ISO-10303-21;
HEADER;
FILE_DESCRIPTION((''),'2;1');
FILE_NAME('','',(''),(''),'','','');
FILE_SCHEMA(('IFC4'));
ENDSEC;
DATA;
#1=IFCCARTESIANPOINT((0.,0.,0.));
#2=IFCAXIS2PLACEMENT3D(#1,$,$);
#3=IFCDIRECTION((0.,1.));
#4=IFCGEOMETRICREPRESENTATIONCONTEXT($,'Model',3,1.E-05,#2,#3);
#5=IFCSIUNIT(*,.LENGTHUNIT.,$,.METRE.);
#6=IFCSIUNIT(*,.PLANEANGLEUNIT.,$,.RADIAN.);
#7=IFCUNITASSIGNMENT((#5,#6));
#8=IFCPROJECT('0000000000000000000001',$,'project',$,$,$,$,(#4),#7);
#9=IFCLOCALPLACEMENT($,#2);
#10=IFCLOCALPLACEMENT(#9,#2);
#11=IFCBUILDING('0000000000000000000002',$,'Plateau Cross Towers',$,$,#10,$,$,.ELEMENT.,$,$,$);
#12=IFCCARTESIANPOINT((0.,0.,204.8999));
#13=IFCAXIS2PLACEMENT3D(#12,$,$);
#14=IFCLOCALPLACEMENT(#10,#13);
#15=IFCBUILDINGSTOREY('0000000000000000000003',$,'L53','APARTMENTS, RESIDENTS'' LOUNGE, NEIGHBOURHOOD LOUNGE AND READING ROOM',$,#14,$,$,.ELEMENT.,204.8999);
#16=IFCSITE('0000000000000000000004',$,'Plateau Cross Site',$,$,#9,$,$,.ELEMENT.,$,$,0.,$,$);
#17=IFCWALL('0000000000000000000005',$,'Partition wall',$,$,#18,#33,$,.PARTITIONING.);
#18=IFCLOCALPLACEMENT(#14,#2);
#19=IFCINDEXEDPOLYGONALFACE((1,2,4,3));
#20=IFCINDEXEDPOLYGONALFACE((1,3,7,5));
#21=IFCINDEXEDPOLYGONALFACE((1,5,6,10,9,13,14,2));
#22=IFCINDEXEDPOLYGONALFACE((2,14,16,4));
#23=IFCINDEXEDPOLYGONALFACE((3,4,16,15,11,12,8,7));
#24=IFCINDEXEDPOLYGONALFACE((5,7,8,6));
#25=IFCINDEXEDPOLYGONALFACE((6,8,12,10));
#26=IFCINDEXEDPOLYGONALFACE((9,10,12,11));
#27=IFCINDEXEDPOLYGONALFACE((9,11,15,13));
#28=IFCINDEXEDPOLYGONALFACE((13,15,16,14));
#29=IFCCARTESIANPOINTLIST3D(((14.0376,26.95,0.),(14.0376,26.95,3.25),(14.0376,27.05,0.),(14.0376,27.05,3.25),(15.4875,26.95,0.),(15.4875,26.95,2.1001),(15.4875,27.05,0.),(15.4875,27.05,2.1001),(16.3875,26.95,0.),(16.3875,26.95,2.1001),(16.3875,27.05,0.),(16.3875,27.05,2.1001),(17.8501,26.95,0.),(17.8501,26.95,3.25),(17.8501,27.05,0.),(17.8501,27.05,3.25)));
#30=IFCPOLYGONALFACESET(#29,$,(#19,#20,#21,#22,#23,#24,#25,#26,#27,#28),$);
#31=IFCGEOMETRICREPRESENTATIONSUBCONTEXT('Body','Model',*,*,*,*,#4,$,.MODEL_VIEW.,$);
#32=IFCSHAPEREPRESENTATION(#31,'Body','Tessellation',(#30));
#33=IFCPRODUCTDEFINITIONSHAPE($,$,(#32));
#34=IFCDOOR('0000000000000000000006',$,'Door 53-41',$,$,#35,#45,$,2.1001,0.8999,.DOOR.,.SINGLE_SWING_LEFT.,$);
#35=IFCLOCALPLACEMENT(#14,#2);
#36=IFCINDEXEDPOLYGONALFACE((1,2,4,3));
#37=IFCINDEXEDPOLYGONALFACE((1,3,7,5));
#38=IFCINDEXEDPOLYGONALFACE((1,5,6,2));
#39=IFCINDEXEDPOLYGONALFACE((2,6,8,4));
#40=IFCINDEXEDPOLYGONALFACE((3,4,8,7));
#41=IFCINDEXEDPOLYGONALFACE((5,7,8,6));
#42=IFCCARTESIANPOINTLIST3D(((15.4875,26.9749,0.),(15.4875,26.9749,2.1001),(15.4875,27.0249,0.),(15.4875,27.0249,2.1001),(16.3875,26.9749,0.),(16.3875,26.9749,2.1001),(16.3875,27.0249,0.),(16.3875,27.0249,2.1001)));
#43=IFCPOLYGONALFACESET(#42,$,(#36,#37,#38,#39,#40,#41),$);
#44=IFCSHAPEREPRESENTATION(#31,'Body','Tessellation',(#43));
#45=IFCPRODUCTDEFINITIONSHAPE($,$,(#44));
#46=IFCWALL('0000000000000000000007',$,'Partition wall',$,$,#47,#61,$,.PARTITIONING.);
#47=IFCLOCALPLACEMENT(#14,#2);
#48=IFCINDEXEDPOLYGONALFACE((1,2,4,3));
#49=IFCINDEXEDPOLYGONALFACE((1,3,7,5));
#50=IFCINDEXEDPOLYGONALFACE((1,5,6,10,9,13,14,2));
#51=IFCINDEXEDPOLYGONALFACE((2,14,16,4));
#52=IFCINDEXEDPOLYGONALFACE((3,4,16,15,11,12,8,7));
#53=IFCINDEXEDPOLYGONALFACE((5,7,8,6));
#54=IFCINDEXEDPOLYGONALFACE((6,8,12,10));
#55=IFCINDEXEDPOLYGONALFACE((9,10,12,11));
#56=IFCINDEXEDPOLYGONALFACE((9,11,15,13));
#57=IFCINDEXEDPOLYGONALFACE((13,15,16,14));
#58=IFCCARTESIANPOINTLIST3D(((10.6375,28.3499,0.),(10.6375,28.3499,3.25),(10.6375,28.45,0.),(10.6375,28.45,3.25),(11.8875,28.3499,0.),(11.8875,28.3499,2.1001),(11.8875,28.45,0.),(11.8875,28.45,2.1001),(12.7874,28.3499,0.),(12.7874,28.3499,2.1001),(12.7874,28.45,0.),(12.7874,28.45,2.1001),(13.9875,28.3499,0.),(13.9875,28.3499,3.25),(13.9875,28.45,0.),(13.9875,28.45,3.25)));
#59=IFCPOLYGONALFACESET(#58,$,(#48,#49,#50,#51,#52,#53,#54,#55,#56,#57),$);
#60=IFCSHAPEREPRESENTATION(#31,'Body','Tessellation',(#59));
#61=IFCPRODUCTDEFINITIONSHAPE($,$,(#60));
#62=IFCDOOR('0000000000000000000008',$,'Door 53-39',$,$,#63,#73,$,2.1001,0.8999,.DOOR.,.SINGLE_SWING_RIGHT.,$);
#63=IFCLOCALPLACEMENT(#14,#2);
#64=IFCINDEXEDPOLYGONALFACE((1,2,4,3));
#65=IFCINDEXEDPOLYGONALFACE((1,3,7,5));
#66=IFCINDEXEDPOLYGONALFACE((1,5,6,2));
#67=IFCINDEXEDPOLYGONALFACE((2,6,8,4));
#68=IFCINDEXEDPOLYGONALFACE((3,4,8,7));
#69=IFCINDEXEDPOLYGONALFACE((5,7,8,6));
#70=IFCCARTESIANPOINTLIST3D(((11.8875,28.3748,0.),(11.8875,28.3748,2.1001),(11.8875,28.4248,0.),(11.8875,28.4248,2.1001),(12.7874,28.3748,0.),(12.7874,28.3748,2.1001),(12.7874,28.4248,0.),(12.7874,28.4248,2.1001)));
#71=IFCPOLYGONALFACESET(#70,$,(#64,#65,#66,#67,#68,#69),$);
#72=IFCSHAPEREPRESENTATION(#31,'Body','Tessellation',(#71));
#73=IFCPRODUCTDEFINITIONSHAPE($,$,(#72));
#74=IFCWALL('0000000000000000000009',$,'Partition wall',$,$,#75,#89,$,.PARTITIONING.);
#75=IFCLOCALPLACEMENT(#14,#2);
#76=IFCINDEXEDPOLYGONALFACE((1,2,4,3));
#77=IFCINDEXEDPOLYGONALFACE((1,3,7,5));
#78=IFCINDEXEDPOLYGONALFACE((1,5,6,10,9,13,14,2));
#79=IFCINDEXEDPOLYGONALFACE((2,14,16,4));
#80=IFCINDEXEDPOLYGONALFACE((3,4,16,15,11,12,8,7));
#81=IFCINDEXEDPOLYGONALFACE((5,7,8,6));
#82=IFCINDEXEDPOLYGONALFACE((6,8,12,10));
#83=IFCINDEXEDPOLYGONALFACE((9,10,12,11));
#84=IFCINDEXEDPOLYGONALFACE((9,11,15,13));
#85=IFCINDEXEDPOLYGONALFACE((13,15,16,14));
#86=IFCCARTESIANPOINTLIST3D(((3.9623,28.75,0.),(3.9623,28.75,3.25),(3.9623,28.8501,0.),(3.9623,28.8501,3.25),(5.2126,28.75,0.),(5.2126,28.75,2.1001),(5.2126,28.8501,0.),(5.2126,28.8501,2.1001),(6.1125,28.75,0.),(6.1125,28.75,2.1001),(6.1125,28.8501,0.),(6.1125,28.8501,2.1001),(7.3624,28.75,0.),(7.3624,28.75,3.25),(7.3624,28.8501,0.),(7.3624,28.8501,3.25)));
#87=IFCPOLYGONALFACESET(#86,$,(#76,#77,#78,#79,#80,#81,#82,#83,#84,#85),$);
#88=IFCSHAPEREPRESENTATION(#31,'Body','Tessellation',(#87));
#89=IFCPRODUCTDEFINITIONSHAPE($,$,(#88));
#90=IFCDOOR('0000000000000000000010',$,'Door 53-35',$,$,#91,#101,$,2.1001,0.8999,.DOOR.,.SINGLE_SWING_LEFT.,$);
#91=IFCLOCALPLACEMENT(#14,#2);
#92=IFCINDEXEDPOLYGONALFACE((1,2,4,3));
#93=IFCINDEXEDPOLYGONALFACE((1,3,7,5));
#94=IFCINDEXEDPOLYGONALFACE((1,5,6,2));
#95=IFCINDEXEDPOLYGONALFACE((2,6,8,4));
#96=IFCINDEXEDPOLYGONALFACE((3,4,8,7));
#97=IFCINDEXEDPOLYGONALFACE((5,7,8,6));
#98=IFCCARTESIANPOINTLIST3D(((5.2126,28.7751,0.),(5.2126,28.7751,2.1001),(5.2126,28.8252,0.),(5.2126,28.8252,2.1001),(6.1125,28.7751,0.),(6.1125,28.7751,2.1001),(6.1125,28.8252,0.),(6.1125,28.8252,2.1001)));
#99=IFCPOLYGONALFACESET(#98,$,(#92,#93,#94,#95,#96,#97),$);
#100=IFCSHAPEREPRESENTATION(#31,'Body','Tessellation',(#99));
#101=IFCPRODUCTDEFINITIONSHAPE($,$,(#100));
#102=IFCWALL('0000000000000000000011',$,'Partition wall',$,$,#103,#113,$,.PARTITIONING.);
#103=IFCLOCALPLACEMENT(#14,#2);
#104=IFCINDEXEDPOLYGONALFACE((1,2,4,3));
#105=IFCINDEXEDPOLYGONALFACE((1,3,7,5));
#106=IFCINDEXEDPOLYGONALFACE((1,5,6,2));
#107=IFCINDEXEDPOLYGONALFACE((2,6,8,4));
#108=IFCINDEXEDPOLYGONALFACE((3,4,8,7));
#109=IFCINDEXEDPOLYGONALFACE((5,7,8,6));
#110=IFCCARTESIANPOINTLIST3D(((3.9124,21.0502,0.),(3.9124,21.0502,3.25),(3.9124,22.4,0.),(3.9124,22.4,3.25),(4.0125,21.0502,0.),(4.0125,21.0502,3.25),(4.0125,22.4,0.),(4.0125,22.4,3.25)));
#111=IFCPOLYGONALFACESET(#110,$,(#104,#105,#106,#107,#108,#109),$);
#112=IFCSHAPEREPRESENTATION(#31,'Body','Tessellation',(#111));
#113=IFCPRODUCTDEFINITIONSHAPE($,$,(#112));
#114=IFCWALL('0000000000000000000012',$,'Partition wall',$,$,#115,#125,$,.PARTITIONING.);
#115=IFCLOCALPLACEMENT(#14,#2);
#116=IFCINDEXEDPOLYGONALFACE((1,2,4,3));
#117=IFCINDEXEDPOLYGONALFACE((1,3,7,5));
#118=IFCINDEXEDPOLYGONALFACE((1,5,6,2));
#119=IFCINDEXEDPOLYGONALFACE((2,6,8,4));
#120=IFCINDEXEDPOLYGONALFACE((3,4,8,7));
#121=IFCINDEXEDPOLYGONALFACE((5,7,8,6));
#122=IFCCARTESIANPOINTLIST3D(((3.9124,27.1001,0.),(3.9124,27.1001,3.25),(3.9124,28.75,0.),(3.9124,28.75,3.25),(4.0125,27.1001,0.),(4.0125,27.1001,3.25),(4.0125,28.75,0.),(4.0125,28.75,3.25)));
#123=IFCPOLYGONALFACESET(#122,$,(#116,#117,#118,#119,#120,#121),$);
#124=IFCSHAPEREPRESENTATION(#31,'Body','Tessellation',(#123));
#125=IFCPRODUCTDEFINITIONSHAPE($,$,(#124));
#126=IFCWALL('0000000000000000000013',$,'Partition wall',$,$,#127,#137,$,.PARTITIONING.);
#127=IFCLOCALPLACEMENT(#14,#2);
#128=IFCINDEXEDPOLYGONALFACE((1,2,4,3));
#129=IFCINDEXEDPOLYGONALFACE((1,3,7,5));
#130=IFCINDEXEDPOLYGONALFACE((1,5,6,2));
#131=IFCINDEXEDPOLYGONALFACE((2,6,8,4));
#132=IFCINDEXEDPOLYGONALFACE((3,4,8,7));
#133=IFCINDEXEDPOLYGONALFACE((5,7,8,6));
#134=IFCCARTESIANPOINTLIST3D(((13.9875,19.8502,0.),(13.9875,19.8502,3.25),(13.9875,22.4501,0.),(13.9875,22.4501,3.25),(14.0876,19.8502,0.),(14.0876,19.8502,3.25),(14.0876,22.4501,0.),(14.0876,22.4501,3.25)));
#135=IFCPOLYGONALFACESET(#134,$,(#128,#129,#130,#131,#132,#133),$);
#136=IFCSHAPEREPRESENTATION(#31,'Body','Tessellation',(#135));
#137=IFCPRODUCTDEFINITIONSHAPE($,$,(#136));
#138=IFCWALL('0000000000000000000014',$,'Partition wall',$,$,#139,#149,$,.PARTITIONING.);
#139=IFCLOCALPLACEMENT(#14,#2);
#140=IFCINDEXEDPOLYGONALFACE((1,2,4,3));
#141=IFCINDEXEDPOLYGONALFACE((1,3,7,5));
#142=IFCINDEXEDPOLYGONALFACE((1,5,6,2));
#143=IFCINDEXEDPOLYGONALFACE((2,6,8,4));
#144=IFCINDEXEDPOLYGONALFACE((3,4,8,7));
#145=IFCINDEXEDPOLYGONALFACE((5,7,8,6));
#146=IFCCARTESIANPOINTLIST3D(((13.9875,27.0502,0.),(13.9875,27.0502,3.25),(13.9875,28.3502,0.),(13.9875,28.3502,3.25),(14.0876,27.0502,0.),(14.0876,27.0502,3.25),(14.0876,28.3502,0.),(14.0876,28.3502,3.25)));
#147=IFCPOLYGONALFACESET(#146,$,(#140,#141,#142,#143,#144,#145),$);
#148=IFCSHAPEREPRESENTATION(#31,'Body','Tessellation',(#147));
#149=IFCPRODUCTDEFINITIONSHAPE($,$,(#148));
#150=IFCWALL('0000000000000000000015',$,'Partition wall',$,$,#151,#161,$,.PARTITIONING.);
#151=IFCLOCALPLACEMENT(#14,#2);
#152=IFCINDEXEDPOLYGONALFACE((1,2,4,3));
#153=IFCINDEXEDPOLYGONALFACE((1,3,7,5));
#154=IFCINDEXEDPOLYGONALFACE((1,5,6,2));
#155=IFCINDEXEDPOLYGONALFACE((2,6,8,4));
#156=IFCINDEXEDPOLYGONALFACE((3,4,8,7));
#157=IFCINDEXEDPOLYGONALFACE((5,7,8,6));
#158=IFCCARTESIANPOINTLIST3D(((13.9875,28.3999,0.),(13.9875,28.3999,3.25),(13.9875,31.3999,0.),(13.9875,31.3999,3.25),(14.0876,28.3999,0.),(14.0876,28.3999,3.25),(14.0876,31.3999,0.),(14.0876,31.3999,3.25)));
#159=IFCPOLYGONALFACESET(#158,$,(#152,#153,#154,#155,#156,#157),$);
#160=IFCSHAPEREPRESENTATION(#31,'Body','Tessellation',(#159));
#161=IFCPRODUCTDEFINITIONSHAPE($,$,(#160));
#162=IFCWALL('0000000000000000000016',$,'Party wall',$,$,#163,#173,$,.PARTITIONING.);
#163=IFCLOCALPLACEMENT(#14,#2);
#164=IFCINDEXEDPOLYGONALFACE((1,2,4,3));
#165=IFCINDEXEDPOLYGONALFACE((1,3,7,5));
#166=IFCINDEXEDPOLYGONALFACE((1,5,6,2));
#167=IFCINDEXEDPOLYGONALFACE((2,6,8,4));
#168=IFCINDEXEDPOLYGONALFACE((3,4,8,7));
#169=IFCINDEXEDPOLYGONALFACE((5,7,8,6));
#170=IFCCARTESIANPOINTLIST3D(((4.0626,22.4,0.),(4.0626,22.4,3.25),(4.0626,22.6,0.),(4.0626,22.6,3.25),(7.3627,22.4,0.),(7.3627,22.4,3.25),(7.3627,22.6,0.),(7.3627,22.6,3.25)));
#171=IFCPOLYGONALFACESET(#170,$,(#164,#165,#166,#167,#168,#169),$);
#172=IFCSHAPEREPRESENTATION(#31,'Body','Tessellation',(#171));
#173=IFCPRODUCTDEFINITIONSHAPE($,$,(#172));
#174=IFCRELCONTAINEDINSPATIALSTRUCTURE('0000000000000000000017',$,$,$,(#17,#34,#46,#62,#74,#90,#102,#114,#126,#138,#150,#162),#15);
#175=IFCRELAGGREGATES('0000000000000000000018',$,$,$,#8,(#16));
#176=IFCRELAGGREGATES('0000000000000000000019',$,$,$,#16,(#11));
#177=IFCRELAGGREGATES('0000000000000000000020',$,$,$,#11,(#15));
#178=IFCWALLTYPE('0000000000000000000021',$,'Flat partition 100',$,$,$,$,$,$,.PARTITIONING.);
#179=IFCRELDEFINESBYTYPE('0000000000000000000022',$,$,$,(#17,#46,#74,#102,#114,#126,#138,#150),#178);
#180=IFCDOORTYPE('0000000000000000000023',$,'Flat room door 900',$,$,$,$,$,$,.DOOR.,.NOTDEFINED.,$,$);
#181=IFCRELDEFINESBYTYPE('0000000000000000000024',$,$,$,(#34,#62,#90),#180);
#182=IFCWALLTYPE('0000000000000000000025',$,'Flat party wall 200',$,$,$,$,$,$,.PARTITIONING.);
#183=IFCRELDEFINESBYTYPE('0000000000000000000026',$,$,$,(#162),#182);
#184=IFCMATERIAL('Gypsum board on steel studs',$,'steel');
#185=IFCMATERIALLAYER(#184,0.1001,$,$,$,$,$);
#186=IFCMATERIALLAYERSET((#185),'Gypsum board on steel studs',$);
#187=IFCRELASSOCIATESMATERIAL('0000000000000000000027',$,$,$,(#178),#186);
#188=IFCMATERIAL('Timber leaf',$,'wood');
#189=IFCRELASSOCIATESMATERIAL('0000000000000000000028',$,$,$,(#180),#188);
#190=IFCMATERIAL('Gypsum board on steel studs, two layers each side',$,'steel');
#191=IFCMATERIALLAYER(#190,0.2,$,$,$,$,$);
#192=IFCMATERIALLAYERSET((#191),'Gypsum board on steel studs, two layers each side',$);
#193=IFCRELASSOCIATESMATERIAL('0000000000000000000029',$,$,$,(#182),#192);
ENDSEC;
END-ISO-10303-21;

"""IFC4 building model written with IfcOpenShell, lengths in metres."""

from ifc_helpers import new_model, si_unit, direction, frame, frame_2d, origin, place, context, subcontext, project, spatial, rectangle, extrude, material, layer, layer_set, type_object, element, fill, save


model = new_model("IFC4")

# Units and contexts
model_context = context("Model", 3, precision=1e-05, world=origin(), true_north=direction((0.0, 1.0)))
body_context = subcontext(model_context, "Body", "Model", "MODEL_VIEW")
ifc_project = project(units=[si_unit("LENGTHUNIT", "METRE"), si_unit("PLANEANGLEUNIT", "RADIAN")], contexts=[model_context])

# Site, building, storey
site_placement = place(None, origin())
site = spatial("IfcSite", under=ifc_project, at=site_placement, Name="Plateau Cross Site", CompositionType="ELEMENT", RefElevation=0.0)
building_placement = place(site_placement, origin())
building = spatial("IfcBuilding", under=site, at=building_placement, Name="Plateau Cross Towers", CompositionType="ELEMENT")
storey_placement = place(building_placement, frame((0.0, 0.0, 204.8999)))
storey = spatial("IfcBuildingStorey", under=building, at=storey_placement, Name="L53", Description="APARTMENTS, RESIDENTS' LOUNGE, NEIGHBOURHOOD LOUNGE AND READING ROOM", CompositionType="ELEMENT", Elevation=204.8999)

# Walls, openings, doors
ifc_material_1 = material(Name="Gypsum board on steel studs", Category="steel")
ifc_layer_1 = layer(ifc_material_1, 0.1001)
ifc_layer_set_1 = layer_set([ifc_layer_1], Name="Gypsum board on steel studs")
wall_type_1 = type_object("IfcWallType", Name="Flat partition 100", PredefinedType="PARTITIONING", material=ifc_layer_set_1)
ifc_material_2 = material(Name="Timber leaf", Category="wood")
door_type_1 = type_object("IfcDoorType", Name="Flat room door 900", OperationType="NOTDEFINED", PredefinedType="DOOR", material=ifc_material_2)
wall_1_placement = place(storey_placement, frame((14.0376, 27.0, 0.0), z_axis=(0.0, 0.0, 1.0), x_axis=(1.0, 0.0, 0.0)))
wall_1 = element("IfcWall", 1, at=wall_1_placement, inside=storey, type_object=wall_type_1, Name="Partition wall", PredefinedType="PARTITIONING", context=body_context, shape_type="SweptSolid", body=[
    extrude(rectangle(XDim=3.8125, YDim=0.1001, at=frame_2d((1.9062, 0.0))), origin(), (0.0, 0.0, 1.0), 3.25),
])
opening_1_placement = place(wall_1_placement, frame((1.45, 0.0, 0.0)))
opening_1 = element("IfcOpeningElement", 2, at=opening_1_placement, cuts=wall_1, PredefinedType="OPENING", context=body_context, shape_type="SweptSolid", body=[
    extrude(rectangle(XDim=0.8999, YDim=2.1001, at=frame_2d((0.45, 1.05))), frame((0.0, 0.0601, 0.0), z_axis=(0.0, -1.0, 0.0), x_axis=(1.0, 0.0, 0.0)), (0.0, 0.0, 1.0), 0.1201),
])
door_1_placement = place(opening_1_placement, origin())
door_1 = element("IfcDoor", 3, at=door_1_placement, inside=storey, type_object=door_type_1, Name="Door 53-41", OperationType="SINGLE_SWING_LEFT", OverallHeight=2.1001, OverallWidth=0.8999, PredefinedType="DOOR", context=body_context, shape_type="SweptSolid", body=[
    extrude(rectangle(XDim=0.8999, YDim=2.1001, at=frame_2d((0.45, 1.05))), frame((0.0, 0.0249, 0.0), z_axis=(0.0, -1.0, 0.0), x_axis=(1.0, 0.0, 0.0)), (0.0, 0.0, 1.0), 0.05),
])
fill(opening_1, door_1)
wall_2_placement = place(storey_placement, frame((10.6375, 28.3999, 0.0), z_axis=(0.0, 0.0, 1.0), x_axis=(1.0, 0.0, 0.0)))
wall_2 = element("IfcWall", 4, at=wall_2_placement, inside=storey, type_object=wall_type_1, Name="Partition wall", PredefinedType="PARTITIONING", context=body_context, shape_type="SweptSolid", body=[
    extrude(rectangle(XDim=3.3501, YDim=0.1001, at=frame_2d((1.675, 0.0))), origin(), (0.0, 0.0, 1.0), 3.25),
])
opening_2_placement = place(wall_2_placement, frame((1.25, 0.0, 0.0)))
opening_2 = element("IfcOpeningElement", 5, at=opening_2_placement, cuts=wall_2, PredefinedType="OPENING", context=body_context, shape_type="SweptSolid", body=[
    extrude(rectangle(XDim=0.8999, YDim=2.1001, at=frame_2d((0.45, 1.05))), frame((0.0, 0.0601, 0.0), z_axis=(0.0, -1.0, 0.0), x_axis=(1.0, 0.0, 0.0)), (0.0, 0.0, 1.0), 0.1201),
])
door_2_placement = place(opening_2_placement, origin())
door_2 = element("IfcDoor", 6, at=door_2_placement, inside=storey, type_object=door_type_1, Name="Door 53-39", OperationType="SINGLE_SWING_RIGHT", OverallHeight=2.1001, OverallWidth=0.8999, PredefinedType="DOOR", context=body_context, shape_type="SweptSolid", body=[
    extrude(rectangle(XDim=0.8999, YDim=2.1001, at=frame_2d((0.45, 1.05))), frame((0.0, 0.0249, 0.0), z_axis=(0.0, -1.0, 0.0), x_axis=(1.0, 0.0, 0.0)), (0.0, 0.0, 1.0), 0.05),
])
fill(opening_2, door_2)
wall_3_placement = place(storey_placement, frame((7.3625, 28.8, 0.0), z_axis=(0.0, 0.0, 1.0), x_axis=(-1.0, 0.0, 0.0)))
wall_3 = element("IfcWall", 7, at=wall_3_placement, inside=storey, type_object=wall_type_1, Name="Partition wall", PredefinedType="PARTITIONING", context=body_context, shape_type="SweptSolid", body=[
    extrude(rectangle(XDim=3.4001, YDim=0.1001, at=frame_2d((1.7002, 0.0))), origin(), (0.0, 0.0, 1.0), 3.25),
])
opening_3_placement = place(wall_3_placement, frame((1.25, 0.0, 0.0)))
opening_3 = element("IfcOpeningElement", 8, at=opening_3_placement, cuts=wall_3, PredefinedType="OPENING", context=body_context, shape_type="SweptSolid", body=[
    extrude(rectangle(XDim=0.8999, YDim=2.1001, at=frame_2d((0.45, 1.05))), frame((0.0, 0.0601, 0.0), z_axis=(0.0, -1.0, 0.0), x_axis=(1.0, 0.0, 0.0)), (0.0, 0.0, 1.0), 0.1201),
])
door_3_placement = place(opening_3_placement, origin())
door_3 = element("IfcDoor", 9, at=door_3_placement, inside=storey, type_object=door_type_1, Name="Door 53-35", OperationType="SINGLE_SWING_LEFT", OverallHeight=2.1001, OverallWidth=0.8999, PredefinedType="DOOR", context=body_context, shape_type="SweptSolid", body=[
    extrude(rectangle(XDim=0.8999, YDim=2.1001, at=frame_2d((0.45, 1.05))), frame((0.0, 0.0249, 0.0), z_axis=(0.0, -1.0, 0.0), x_axis=(1.0, 0.0, 0.0)), (0.0, 0.0, 1.0), 0.05),
])
fill(opening_3, door_3)

# Walls
wall_4_placement = place(storey_placement, frame((3.9624, 22.3999, 0.0), z_axis=(0.0, 0.0, 1.0), x_axis=(0.0, -1.0, 0.0)))
element("IfcWall", 10, at=wall_4_placement, inside=storey, type_object=wall_type_1, Name="Partition wall", PredefinedType="PARTITIONING", context=body_context, shape_type="SweptSolid", body=[
    extrude(rectangle(XDim=1.3499, YDim=0.1001, at=frame_2d((0.6748, 0.0))), origin(), (0.0, 0.0, 1.0), 3.25),
])
wall_5_placement = place(storey_placement, frame((3.9624, 28.75, 0.0), z_axis=(0.0, 0.0, 1.0), x_axis=(0.0, -1.0, 0.0)))
element("IfcWall", 11, at=wall_5_placement, inside=storey, type_object=wall_type_1, Name="Partition wall", PredefinedType="PARTITIONING", context=body_context, shape_type="SweptSolid", body=[
    extrude(rectangle(XDim=1.6499, YDim=0.1001, at=frame_2d((0.825, 0.0))), origin(), (0.0, 0.0, 1.0), 3.25),
])
wall_6_placement = place(storey_placement, frame((14.0376, 22.45, 0.0), z_axis=(0.0, 0.0, 1.0), x_axis=(0.0, -1.0, 0.0)))
element("IfcWall", 12, at=wall_6_placement, inside=storey, type_object=wall_type_1, Name="Partition wall", PredefinedType="PARTITIONING", context=body_context, shape_type="SweptSolid", body=[
    extrude(rectangle(XDim=2.5999, YDim=0.1001, at=frame_2d((1.2998, 0.0))), origin(), (0.0, 0.0, 1.0), 3.25),
])
wall_7_placement = place(storey_placement, frame((14.0376, 28.3501, 0.0), z_axis=(0.0, 0.0, 1.0), x_axis=(0.0, -1.0, 0.0)))
element("IfcWall", 13, at=wall_7_placement, inside=storey, type_object=wall_type_1, Name="Partition wall", PredefinedType="PARTITIONING", context=body_context, shape_type="SweptSolid", body=[
    extrude(rectangle(XDim=1.3, YDim=0.1001, at=frame_2d((0.6499, 0.0))), origin(), (0.0, 0.0, 1.0), 3.25),
])
wall_8_placement = place(storey_placement, frame((14.0376, 28.3999, 0.0), z_axis=(0.0, 0.0, 1.0), x_axis=(0.0, 1.0, 0.0)))
element("IfcWall", 14, at=wall_8_placement, inside=storey, type_object=wall_type_1, Name="Partition wall", PredefinedType="PARTITIONING", context=body_context, shape_type="SweptSolid", body=[
    extrude(rectangle(XDim=3.0, YDim=0.1001, at=frame_2d((1.5, 0.0))), origin(), (0.0, 0.0, 1.0), 3.25),
])
ifc_material_3 = material(Name="Gypsum board on steel studs, two layers each side", Category="steel")
ifc_layer_2 = layer(ifc_material_3, 0.2)
ifc_layer_set_2 = layer_set([ifc_layer_2], Name="Gypsum board on steel studs, two layers each side")
wall_type_2 = type_object("IfcWallType", Name="Flat party wall 200", PredefinedType="PARTITIONING", material=ifc_layer_set_2)
wall_9_placement = place(storey_placement, frame((7.3625, 22.5, 0.0), z_axis=(0.0, 0.0, 1.0), x_axis=(-1.0, 0.0, 0.0)))
element("IfcWall", 15, at=wall_9_placement, inside=storey, type_object=wall_type_2, Name="Party wall", PredefinedType="PARTITIONING", context=body_context, shape_type="SweptSolid", body=[
    extrude(rectangle(XDim=3.3, YDim=0.2, at=frame_2d((1.6499, 0.0))), origin(), (0.0, 0.0, 1.0), 3.25),
])

save(model, "model.ifc")
